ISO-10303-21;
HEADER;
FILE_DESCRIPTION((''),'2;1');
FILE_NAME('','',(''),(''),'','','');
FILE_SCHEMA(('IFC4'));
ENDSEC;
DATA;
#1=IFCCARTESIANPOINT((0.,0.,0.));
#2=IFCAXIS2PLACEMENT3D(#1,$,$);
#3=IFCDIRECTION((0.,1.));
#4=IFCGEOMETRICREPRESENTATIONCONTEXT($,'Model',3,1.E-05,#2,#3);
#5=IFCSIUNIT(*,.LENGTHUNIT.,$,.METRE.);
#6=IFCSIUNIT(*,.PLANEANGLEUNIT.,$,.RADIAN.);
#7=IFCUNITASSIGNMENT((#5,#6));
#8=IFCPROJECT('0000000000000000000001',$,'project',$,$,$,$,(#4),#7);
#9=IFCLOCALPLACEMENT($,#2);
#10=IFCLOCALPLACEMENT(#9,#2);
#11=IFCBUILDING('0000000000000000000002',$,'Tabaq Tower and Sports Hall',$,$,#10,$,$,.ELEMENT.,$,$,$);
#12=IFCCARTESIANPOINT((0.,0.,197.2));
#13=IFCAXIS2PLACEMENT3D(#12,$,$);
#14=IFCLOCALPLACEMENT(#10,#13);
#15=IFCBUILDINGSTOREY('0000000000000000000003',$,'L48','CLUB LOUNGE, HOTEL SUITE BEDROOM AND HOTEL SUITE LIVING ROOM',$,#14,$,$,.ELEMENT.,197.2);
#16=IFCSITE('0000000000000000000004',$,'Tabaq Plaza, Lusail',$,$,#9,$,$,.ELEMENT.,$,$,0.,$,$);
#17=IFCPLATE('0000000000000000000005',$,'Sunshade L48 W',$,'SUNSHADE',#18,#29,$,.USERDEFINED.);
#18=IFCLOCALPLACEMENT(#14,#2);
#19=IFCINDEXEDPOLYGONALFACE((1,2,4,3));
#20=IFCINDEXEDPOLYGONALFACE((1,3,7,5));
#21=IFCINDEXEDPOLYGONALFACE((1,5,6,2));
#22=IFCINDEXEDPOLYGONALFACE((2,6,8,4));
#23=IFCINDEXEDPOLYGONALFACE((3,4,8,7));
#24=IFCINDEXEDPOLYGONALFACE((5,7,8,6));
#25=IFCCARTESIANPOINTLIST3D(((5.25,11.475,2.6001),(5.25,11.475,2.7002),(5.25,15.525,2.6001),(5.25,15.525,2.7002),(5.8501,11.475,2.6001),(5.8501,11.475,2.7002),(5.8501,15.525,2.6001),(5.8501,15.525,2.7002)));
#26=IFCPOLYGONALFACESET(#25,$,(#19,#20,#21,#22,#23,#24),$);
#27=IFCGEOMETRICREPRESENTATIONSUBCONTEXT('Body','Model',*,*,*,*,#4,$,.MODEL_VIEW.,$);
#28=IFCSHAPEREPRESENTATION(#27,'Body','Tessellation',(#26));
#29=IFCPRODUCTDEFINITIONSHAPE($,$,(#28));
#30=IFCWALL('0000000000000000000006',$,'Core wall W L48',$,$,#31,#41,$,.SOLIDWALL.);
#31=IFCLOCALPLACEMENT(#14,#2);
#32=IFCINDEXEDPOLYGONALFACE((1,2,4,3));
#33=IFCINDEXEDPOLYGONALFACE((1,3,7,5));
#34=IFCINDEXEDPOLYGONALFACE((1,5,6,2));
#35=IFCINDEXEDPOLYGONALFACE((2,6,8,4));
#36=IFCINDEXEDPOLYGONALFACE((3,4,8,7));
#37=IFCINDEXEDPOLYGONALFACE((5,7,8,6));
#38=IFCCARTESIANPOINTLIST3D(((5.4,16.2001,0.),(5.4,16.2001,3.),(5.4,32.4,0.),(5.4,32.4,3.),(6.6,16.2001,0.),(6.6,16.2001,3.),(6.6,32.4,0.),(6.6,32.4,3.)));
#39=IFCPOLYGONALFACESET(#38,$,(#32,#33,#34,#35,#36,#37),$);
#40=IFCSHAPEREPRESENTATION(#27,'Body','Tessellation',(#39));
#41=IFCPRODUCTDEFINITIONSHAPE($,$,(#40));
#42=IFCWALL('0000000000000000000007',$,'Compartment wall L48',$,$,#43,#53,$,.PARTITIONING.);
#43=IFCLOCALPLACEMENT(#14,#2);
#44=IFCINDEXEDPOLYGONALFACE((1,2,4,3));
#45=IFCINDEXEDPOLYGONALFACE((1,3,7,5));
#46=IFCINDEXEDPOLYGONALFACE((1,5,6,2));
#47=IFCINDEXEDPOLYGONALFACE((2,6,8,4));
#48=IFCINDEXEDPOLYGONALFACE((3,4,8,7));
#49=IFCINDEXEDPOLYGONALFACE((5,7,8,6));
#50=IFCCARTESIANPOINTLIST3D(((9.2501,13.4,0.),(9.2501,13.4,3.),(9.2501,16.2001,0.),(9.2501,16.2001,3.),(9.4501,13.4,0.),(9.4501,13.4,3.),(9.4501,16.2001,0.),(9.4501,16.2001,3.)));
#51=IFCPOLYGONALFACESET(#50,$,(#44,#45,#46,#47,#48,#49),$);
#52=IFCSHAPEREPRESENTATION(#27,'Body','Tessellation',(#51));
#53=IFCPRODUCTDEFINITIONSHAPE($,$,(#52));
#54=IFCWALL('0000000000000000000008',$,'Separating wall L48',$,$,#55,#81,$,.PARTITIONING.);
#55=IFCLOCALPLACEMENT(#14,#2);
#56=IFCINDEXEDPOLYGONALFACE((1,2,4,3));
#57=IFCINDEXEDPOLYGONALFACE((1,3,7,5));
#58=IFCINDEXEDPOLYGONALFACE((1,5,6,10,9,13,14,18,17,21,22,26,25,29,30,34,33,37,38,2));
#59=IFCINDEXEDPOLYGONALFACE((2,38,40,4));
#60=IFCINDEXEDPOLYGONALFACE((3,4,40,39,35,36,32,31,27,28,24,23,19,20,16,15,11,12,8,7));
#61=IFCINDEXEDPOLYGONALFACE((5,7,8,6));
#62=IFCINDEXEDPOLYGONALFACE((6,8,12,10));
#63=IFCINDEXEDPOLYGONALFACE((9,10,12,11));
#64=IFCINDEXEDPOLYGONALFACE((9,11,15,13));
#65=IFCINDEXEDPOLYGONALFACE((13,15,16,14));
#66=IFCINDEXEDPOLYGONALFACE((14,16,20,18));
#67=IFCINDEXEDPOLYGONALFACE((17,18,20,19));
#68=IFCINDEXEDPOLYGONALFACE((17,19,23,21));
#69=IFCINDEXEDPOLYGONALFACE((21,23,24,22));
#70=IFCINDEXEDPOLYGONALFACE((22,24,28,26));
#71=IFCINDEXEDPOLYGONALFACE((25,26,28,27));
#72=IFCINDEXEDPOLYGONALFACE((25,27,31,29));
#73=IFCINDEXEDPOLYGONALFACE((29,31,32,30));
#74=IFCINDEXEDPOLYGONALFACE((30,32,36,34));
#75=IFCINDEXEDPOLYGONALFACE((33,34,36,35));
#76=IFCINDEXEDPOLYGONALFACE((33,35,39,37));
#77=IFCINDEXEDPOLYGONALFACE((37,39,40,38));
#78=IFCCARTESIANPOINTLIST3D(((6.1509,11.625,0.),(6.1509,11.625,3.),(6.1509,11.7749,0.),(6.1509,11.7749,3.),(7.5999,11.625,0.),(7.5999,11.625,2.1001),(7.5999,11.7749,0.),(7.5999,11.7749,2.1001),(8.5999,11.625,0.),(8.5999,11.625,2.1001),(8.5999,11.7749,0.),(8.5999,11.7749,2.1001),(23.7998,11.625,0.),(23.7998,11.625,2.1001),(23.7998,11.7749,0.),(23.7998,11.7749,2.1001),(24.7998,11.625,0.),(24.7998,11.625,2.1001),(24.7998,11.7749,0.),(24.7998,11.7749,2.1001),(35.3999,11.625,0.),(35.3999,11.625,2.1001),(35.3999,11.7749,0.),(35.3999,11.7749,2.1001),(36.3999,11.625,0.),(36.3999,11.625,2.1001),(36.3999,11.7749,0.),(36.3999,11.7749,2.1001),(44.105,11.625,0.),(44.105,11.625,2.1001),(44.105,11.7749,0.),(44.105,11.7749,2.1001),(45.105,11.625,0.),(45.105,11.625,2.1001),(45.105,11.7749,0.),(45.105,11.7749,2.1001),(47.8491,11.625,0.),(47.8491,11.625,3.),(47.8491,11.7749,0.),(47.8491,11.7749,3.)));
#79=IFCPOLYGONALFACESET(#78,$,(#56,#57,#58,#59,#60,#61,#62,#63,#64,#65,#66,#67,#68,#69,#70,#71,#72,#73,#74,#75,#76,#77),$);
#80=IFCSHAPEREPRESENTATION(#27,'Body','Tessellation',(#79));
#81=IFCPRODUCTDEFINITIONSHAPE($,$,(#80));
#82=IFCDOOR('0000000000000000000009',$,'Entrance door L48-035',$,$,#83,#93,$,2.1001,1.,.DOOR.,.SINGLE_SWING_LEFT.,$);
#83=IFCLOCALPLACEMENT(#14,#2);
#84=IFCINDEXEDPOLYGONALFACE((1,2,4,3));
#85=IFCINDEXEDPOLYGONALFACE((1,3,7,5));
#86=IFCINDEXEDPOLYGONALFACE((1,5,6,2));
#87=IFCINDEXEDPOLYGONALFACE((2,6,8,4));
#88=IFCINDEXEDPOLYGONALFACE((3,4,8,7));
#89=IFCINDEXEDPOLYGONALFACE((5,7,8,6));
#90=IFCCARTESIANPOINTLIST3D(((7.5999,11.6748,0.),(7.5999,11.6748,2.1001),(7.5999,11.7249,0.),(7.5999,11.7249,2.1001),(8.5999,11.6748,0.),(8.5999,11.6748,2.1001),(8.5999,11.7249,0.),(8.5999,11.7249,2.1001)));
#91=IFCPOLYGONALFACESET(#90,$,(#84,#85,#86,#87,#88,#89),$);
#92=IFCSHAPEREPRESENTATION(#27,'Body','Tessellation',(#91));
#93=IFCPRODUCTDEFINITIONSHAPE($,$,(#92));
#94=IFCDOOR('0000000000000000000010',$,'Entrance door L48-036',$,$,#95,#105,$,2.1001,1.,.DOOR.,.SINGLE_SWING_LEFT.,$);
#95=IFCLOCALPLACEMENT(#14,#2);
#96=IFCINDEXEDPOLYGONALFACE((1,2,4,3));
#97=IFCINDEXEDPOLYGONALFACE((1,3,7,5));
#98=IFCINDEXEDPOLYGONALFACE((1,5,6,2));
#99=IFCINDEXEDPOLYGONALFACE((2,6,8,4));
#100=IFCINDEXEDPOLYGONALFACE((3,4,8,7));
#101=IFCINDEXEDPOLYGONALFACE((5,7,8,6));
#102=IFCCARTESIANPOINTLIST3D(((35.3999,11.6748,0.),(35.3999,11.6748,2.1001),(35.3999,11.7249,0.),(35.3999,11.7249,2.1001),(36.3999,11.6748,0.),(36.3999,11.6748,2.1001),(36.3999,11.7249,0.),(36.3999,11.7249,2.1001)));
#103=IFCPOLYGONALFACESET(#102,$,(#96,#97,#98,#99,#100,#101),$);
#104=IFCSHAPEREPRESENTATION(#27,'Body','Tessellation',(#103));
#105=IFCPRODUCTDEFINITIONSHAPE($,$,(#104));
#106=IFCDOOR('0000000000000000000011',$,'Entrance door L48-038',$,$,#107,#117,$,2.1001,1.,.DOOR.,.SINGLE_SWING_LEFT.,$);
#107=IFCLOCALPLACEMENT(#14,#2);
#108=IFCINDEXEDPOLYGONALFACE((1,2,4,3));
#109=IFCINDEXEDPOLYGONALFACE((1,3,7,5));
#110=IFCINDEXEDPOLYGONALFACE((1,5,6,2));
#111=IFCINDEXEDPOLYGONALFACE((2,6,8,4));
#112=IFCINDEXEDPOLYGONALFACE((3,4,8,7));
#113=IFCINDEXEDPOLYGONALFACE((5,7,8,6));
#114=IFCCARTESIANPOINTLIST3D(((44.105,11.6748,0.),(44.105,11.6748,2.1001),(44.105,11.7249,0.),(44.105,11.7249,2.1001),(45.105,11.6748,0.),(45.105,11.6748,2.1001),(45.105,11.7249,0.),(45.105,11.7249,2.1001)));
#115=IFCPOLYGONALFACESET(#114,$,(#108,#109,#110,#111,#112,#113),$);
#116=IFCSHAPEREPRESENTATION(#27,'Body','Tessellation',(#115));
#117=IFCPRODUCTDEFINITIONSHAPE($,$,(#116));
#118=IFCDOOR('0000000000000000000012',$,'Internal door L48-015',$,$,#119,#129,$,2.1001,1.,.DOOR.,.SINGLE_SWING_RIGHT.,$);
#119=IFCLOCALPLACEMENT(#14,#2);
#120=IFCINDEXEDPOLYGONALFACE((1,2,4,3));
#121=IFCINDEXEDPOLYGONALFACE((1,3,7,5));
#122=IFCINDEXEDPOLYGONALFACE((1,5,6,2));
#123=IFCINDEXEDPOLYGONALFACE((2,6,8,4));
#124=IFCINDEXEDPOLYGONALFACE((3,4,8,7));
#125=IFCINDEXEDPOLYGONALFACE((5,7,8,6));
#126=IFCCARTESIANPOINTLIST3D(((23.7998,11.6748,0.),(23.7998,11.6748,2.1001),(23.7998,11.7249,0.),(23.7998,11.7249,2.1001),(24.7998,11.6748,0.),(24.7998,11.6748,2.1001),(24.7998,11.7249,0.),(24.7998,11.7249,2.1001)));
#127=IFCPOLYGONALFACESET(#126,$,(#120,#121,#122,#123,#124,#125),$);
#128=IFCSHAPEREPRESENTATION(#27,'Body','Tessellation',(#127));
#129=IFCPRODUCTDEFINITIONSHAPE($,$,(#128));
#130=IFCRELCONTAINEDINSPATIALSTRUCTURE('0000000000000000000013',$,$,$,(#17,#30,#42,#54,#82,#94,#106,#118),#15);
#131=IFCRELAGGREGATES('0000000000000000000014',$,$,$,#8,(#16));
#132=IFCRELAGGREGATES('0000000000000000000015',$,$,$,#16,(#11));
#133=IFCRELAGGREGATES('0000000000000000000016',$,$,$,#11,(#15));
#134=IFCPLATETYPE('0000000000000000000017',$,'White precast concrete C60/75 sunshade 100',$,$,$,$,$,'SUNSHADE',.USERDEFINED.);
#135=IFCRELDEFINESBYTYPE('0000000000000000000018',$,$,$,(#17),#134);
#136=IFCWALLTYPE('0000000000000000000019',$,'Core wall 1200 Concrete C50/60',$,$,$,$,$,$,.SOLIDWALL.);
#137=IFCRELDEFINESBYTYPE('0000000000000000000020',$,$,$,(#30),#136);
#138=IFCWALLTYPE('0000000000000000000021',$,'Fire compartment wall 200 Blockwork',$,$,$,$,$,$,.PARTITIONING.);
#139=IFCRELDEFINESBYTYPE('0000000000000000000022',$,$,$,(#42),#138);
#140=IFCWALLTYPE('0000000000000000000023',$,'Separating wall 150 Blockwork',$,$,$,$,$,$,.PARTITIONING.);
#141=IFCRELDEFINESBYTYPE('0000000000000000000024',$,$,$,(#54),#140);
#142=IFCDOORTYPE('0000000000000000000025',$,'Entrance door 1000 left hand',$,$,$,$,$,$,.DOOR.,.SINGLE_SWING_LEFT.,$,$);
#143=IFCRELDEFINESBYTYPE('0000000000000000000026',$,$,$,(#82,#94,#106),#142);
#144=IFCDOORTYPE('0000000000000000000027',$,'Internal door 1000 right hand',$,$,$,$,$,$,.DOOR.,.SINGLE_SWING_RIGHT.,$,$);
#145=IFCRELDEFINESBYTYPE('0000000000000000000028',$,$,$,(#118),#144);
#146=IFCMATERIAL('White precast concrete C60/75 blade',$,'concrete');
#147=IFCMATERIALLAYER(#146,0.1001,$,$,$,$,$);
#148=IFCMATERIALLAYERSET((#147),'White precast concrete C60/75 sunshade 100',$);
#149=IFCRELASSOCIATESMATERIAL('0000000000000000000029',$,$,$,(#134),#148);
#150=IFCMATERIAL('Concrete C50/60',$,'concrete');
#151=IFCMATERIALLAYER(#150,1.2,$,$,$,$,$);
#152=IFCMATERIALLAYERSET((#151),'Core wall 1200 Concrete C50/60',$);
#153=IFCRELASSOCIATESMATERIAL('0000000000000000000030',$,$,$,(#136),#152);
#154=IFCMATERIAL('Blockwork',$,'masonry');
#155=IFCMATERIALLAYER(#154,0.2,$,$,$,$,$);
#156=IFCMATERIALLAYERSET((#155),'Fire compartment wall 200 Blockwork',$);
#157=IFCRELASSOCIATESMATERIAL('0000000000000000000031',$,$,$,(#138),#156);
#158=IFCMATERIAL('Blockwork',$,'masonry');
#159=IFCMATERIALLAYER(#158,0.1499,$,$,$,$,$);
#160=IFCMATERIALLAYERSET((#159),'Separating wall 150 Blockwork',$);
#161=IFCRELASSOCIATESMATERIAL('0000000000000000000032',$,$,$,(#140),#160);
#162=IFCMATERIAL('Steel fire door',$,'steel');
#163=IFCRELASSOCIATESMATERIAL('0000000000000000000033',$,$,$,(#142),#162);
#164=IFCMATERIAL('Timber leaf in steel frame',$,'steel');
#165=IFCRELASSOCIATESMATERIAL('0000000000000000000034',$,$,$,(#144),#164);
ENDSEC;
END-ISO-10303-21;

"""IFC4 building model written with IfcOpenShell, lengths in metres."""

from ifc_helpers import new_model, si_unit, direction, frame, frame_2d, origin, origin_2d, place, context, subcontext, project, spatial, rectangle, extrude, material, layer, layer_set, type_object, element, fill, save


model = new_model("IFC4")

# Units and contexts
model_context = context("Model", 3, precision=1e-05, world=origin(), true_north=direction((0.0, 1.0)))
body_context = subcontext(model_context, "Body", "Model", "MODEL_VIEW")
ifc_project = project(units=[si_unit("LENGTHUNIT", "METRE"), si_unit("PLANEANGLEUNIT", "RADIAN")], contexts=[model_context])

# Site, building, storey
site_placement = place(None, origin())
site = spatial("IfcSite", under=ifc_project, at=site_placement, Name="Tabaq Plaza, Lusail", CompositionType="ELEMENT", RefElevation=0.0)
building_placement = place(site_placement, origin())
building = spatial("IfcBuilding", under=site, at=building_placement, Name="Tabaq Tower and Sports Hall", CompositionType="ELEMENT")
storey_placement = place(building_placement, frame((0.0, 0.0, 197.2)))
storey = spatial("IfcBuildingStorey", under=building, at=storey_placement, Name="L48", Description="CLUB LOUNGE, HOTEL SUITE BEDROOM AND HOTEL SUITE LIVING ROOM", CompositionType="ELEMENT", Elevation=197.2)

# Plate
ifc_material_1 = material(Name="White precast concrete C60/75 blade", Category="concrete")
ifc_layer_1 = layer(ifc_material_1, 0.1001)
ifc_layer_set_1 = layer_set([ifc_layer_1], Name="White precast concrete C60/75 sunshade 100")
plate_type = type_object("IfcPlateType", Name="White precast concrete C60/75 sunshade 100", ElementType="SUNSHADE", PredefinedType="USERDEFINED", material=ifc_layer_set_1)
plate_placement = place(storey_placement, frame((5.55, 13.5, 2.6001), z_axis=(0.0, 0.0, 1.0), x_axis=(0.0, -1.0, 0.0)))
element("IfcPlate", 1, at=plate_placement, inside=storey, type_object=plate_type, Name="Sunshade L48 W", ObjectType="SUNSHADE", PredefinedType="USERDEFINED", context=body_context, shape_type="SweptSolid", body=[
    extrude(rectangle(XDim=4.05, YDim=0.6001, at=origin_2d()), origin(), (0.0, 0.0, 1.0), 0.1001),
])

# Walls
ifc_material_2 = material(Name="Concrete C50/60", Category="concrete")
ifc_layer_2 = layer(ifc_material_2, 1.2)
ifc_layer_set_2 = layer_set([ifc_layer_2], Name="Core wall 1200 Concrete C50/60")
wall_type_1 = type_object("IfcWallType", Name="Core wall 1200 Concrete C50/60", PredefinedType="SOLIDWALL", material=ifc_layer_set_2)
wall_1_placement = place(storey_placement, frame((6.0, 16.2, 0.0), z_axis=(0.0, 0.0, 1.0), x_axis=(0.0, 1.0, 0.0)))
element("IfcWall", 2, at=wall_1_placement, inside=storey, type_object=wall_type_1, Name="Core wall W L48", PredefinedType="SOLIDWALL", context=body_context, shape_type="SweptSolid", body=[
    extrude(rectangle(XDim=16.2, YDim=1.2, at=frame_2d((8.1001, 0.0))), origin(), (0.0, 0.0, 1.0), 3.0),
])
ifc_material_3 = material(Name="Blockwork", Category="masonry")
ifc_layer_3 = layer(ifc_material_3, 0.2)
ifc_layer_set_3 = layer_set([ifc_layer_3], Name="Fire compartment wall 200 Blockwork")
wall_type_2 = type_object("IfcWallType", Name="Fire compartment wall 200 Blockwork", PredefinedType="PARTITIONING", material=ifc_layer_set_3)
wall_2_placement = place(storey_placement, frame((9.3501, 16.2, 0.0), z_axis=(0.0, 0.0, 1.0), x_axis=(0.0, -1.0, 0.0)))
element("IfcWall", 3, at=wall_2_placement, inside=storey, type_object=wall_type_2, Name="Compartment wall L48", PredefinedType="PARTITIONING", context=body_context, shape_type="SweptSolid", body=[
    extrude(rectangle(XDim=2.8, YDim=0.2, at=frame_2d((1.3999, 0.0))), origin(), (0.0, 0.0, 1.0), 3.0),
])

# Wall, openings, doors
ifc_material_4 = material(Name="Blockwork", Category="masonry")
ifc_layer_4 = layer(ifc_material_4, 0.1499)
ifc_layer_set_4 = layer_set([ifc_layer_4], Name="Separating wall 150 Blockwork")
wall_type_3 = type_object("IfcWallType", Name="Separating wall 150 Blockwork", PredefinedType="PARTITIONING", material=ifc_layer_set_4)
wall_3_placement = place(storey_placement, frame((6.1509, 11.7, 0.0), z_axis=(0.0, 0.0, 1.0), x_axis=(1.0, 0.0, 0.0)))
wall_3 = element("IfcWall", 4, at=wall_3_placement, inside=storey, type_object=wall_type_3, Name="Separating wall L48", PredefinedType="PARTITIONING", context=body_context, shape_type="SweptSolid", body=[
    extrude(rectangle(XDim=41.6982, YDim=0.1499, at=frame_2d((20.8491, 0.0))), origin(), (0.0, 0.0, 1.0), 3.0),
])
opening_1_placement = place(wall_3_placement, frame((17.6489, 0.0, 0.0)))
opening_1 = element("IfcOpeningElement", 5, at=opening_1_placement, cuts=wall_3, PredefinedType="OPENING", context=body_context, shape_type="SweptSolid", body=[
    extrude(rectangle(XDim=1.0, YDim=2.1001, at=frame_2d((0.5, 1.05))), frame((0.0, 0.075, 0.0), z_axis=(0.0, -1.0, 0.0), x_axis=(1.0, 0.0, 0.0)), (0.0, 0.0, 1.0), 0.1499),
])
opening_2_placement = place(wall_3_placement, frame((1.449, 0.0, 0.0)))
opening_2 = element("IfcOpeningElement", 6, at=opening_2_placement, cuts=wall_3, PredefinedType="OPENING", context=body_context, shape_type="SweptSolid", body=[
    extrude(rectangle(XDim=1.0, YDim=2.1001, at=frame_2d((0.5, 1.05))), frame((0.0, 0.075, 0.0), z_axis=(0.0, -1.0, 0.0), x_axis=(1.0, 0.0, 0.0)), (0.0, 0.0, 1.0), 0.1499),
])
opening_3_placement = place(wall_3_placement, frame((29.249, 0.0, 0.0)))
opening_3 = element("IfcOpeningElement", 7, at=opening_3_placement, cuts=wall_3, PredefinedType="OPENING", context=body_context, shape_type="SweptSolid", body=[
    extrude(rectangle(XDim=1.0, YDim=2.1001, at=frame_2d((0.5, 1.05))), frame((0.0, 0.075, 0.0), z_axis=(0.0, -1.0, 0.0), x_axis=(1.0, 0.0, 0.0)), (0.0, 0.0, 1.0), 0.1499),
])
opening_4_placement = place(wall_3_placement, frame((37.9541, 0.0, 0.0)))
opening_4 = element("IfcOpeningElement", 8, at=opening_4_placement, cuts=wall_3, PredefinedType="OPENING", context=body_context, shape_type="SweptSolid", body=[
    extrude(rectangle(XDim=1.0, YDim=2.1001, at=frame_2d((0.5, 1.05))), frame((0.0, 0.075, 0.0), z_axis=(0.0, -1.0, 0.0), x_axis=(1.0, 0.0, 0.0)), (0.0, 0.0, 1.0), 0.1499),
])
ifc_material_5 = material(Name="Steel fire door", Category="steel")
door_type_1 = type_object("IfcDoorType", Name="Entrance door 1000 left hand", OperationType="SINGLE_SWING_LEFT", PredefinedType="DOOR", material=ifc_material_5)
door_1_placement = place(opening_2_placement, origin())
door_1 = element("IfcDoor", 9, at=door_1_placement, inside=storey, type_object=door_type_1, Name="Entrance door L48-035", OperationType="SINGLE_SWING_LEFT", OverallHeight=2.1001, OverallWidth=1.0, PredefinedType="DOOR", context=body_context, shape_type="SweptSolid", body=[
    extrude(rectangle(XDim=1.0, YDim=2.1001, at=frame_2d((0.5, 1.05))), frame((0.0, 0.0249, 0.0), z_axis=(0.0, -1.0, 0.0), x_axis=(1.0, 0.0, 0.0)), (0.0, 0.0, 1.0), 0.05),
])
fill(opening_2, door_1)
door_2_placement = place(opening_3_placement, origin())
door_2 = element("IfcDoor", 10, at=door_2_placement, inside=storey, type_object=door_type_1, Name="Entrance door L48-036", OperationType="SINGLE_SWING_LEFT", OverallHeight=2.1001, OverallWidth=1.0, PredefinedType="DOOR", context=body_context, shape_type="SweptSolid", body=[
    extrude(rectangle(XDim=1.0, YDim=2.1001, at=frame_2d((0.5, 1.05))), frame((0.0, 0.0249, 0.0), z_axis=(0.0, -1.0, 0.0), x_axis=(1.0, 0.0, 0.0)), (0.0, 0.0, 1.0), 0.05),
])
fill(opening_3, door_2)
door_3_placement = place(opening_4_placement, origin())
door_3 = element("IfcDoor", 11, at=door_3_placement, inside=storey, type_object=door_type_1, Name="Entrance door L48-038", OperationType="SINGLE_SWING_LEFT", OverallHeight=2.1001, OverallWidth=1.0, PredefinedType="DOOR", context=body_context, shape_type="SweptSolid", body=[
    extrude(rectangle(XDim=1.0, YDim=2.1001, at=frame_2d((0.5, 1.05))), frame((0.0, 0.0249, 0.0), z_axis=(0.0, -1.0, 0.0), x_axis=(1.0, 0.0, 0.0)), (0.0, 0.0, 1.0), 0.05),
])
fill(opening_4, door_3)
ifc_material_6 = material(Name="Timber leaf in steel frame", Category="steel")
door_type_2 = type_object("IfcDoorType", Name="Internal door 1000 right hand", OperationType="SINGLE_SWING_RIGHT", PredefinedType="DOOR", material=ifc_material_6)
door_4_placement = place(opening_1_placement, origin())
door_4 = element("IfcDoor", 12, at=door_4_placement, inside=storey, type_object=door_type_2, Name="Internal door L48-015", OperationType="SINGLE_SWING_RIGHT", OverallHeight=2.1001, OverallWidth=1.0, PredefinedType="DOOR", context=body_context, shape_type="SweptSolid", body=[
    extrude(rectangle(XDim=1.0, YDim=2.1001, at=frame_2d((0.5, 1.05))), frame((0.0, 0.0249, 0.0), z_axis=(0.0, -1.0, 0.0), x_axis=(1.0, 0.0, 0.0)), (0.0, 0.0, 1.0), 0.05),
])
fill(opening_1, door_4)

save(model, "model.ifc")
